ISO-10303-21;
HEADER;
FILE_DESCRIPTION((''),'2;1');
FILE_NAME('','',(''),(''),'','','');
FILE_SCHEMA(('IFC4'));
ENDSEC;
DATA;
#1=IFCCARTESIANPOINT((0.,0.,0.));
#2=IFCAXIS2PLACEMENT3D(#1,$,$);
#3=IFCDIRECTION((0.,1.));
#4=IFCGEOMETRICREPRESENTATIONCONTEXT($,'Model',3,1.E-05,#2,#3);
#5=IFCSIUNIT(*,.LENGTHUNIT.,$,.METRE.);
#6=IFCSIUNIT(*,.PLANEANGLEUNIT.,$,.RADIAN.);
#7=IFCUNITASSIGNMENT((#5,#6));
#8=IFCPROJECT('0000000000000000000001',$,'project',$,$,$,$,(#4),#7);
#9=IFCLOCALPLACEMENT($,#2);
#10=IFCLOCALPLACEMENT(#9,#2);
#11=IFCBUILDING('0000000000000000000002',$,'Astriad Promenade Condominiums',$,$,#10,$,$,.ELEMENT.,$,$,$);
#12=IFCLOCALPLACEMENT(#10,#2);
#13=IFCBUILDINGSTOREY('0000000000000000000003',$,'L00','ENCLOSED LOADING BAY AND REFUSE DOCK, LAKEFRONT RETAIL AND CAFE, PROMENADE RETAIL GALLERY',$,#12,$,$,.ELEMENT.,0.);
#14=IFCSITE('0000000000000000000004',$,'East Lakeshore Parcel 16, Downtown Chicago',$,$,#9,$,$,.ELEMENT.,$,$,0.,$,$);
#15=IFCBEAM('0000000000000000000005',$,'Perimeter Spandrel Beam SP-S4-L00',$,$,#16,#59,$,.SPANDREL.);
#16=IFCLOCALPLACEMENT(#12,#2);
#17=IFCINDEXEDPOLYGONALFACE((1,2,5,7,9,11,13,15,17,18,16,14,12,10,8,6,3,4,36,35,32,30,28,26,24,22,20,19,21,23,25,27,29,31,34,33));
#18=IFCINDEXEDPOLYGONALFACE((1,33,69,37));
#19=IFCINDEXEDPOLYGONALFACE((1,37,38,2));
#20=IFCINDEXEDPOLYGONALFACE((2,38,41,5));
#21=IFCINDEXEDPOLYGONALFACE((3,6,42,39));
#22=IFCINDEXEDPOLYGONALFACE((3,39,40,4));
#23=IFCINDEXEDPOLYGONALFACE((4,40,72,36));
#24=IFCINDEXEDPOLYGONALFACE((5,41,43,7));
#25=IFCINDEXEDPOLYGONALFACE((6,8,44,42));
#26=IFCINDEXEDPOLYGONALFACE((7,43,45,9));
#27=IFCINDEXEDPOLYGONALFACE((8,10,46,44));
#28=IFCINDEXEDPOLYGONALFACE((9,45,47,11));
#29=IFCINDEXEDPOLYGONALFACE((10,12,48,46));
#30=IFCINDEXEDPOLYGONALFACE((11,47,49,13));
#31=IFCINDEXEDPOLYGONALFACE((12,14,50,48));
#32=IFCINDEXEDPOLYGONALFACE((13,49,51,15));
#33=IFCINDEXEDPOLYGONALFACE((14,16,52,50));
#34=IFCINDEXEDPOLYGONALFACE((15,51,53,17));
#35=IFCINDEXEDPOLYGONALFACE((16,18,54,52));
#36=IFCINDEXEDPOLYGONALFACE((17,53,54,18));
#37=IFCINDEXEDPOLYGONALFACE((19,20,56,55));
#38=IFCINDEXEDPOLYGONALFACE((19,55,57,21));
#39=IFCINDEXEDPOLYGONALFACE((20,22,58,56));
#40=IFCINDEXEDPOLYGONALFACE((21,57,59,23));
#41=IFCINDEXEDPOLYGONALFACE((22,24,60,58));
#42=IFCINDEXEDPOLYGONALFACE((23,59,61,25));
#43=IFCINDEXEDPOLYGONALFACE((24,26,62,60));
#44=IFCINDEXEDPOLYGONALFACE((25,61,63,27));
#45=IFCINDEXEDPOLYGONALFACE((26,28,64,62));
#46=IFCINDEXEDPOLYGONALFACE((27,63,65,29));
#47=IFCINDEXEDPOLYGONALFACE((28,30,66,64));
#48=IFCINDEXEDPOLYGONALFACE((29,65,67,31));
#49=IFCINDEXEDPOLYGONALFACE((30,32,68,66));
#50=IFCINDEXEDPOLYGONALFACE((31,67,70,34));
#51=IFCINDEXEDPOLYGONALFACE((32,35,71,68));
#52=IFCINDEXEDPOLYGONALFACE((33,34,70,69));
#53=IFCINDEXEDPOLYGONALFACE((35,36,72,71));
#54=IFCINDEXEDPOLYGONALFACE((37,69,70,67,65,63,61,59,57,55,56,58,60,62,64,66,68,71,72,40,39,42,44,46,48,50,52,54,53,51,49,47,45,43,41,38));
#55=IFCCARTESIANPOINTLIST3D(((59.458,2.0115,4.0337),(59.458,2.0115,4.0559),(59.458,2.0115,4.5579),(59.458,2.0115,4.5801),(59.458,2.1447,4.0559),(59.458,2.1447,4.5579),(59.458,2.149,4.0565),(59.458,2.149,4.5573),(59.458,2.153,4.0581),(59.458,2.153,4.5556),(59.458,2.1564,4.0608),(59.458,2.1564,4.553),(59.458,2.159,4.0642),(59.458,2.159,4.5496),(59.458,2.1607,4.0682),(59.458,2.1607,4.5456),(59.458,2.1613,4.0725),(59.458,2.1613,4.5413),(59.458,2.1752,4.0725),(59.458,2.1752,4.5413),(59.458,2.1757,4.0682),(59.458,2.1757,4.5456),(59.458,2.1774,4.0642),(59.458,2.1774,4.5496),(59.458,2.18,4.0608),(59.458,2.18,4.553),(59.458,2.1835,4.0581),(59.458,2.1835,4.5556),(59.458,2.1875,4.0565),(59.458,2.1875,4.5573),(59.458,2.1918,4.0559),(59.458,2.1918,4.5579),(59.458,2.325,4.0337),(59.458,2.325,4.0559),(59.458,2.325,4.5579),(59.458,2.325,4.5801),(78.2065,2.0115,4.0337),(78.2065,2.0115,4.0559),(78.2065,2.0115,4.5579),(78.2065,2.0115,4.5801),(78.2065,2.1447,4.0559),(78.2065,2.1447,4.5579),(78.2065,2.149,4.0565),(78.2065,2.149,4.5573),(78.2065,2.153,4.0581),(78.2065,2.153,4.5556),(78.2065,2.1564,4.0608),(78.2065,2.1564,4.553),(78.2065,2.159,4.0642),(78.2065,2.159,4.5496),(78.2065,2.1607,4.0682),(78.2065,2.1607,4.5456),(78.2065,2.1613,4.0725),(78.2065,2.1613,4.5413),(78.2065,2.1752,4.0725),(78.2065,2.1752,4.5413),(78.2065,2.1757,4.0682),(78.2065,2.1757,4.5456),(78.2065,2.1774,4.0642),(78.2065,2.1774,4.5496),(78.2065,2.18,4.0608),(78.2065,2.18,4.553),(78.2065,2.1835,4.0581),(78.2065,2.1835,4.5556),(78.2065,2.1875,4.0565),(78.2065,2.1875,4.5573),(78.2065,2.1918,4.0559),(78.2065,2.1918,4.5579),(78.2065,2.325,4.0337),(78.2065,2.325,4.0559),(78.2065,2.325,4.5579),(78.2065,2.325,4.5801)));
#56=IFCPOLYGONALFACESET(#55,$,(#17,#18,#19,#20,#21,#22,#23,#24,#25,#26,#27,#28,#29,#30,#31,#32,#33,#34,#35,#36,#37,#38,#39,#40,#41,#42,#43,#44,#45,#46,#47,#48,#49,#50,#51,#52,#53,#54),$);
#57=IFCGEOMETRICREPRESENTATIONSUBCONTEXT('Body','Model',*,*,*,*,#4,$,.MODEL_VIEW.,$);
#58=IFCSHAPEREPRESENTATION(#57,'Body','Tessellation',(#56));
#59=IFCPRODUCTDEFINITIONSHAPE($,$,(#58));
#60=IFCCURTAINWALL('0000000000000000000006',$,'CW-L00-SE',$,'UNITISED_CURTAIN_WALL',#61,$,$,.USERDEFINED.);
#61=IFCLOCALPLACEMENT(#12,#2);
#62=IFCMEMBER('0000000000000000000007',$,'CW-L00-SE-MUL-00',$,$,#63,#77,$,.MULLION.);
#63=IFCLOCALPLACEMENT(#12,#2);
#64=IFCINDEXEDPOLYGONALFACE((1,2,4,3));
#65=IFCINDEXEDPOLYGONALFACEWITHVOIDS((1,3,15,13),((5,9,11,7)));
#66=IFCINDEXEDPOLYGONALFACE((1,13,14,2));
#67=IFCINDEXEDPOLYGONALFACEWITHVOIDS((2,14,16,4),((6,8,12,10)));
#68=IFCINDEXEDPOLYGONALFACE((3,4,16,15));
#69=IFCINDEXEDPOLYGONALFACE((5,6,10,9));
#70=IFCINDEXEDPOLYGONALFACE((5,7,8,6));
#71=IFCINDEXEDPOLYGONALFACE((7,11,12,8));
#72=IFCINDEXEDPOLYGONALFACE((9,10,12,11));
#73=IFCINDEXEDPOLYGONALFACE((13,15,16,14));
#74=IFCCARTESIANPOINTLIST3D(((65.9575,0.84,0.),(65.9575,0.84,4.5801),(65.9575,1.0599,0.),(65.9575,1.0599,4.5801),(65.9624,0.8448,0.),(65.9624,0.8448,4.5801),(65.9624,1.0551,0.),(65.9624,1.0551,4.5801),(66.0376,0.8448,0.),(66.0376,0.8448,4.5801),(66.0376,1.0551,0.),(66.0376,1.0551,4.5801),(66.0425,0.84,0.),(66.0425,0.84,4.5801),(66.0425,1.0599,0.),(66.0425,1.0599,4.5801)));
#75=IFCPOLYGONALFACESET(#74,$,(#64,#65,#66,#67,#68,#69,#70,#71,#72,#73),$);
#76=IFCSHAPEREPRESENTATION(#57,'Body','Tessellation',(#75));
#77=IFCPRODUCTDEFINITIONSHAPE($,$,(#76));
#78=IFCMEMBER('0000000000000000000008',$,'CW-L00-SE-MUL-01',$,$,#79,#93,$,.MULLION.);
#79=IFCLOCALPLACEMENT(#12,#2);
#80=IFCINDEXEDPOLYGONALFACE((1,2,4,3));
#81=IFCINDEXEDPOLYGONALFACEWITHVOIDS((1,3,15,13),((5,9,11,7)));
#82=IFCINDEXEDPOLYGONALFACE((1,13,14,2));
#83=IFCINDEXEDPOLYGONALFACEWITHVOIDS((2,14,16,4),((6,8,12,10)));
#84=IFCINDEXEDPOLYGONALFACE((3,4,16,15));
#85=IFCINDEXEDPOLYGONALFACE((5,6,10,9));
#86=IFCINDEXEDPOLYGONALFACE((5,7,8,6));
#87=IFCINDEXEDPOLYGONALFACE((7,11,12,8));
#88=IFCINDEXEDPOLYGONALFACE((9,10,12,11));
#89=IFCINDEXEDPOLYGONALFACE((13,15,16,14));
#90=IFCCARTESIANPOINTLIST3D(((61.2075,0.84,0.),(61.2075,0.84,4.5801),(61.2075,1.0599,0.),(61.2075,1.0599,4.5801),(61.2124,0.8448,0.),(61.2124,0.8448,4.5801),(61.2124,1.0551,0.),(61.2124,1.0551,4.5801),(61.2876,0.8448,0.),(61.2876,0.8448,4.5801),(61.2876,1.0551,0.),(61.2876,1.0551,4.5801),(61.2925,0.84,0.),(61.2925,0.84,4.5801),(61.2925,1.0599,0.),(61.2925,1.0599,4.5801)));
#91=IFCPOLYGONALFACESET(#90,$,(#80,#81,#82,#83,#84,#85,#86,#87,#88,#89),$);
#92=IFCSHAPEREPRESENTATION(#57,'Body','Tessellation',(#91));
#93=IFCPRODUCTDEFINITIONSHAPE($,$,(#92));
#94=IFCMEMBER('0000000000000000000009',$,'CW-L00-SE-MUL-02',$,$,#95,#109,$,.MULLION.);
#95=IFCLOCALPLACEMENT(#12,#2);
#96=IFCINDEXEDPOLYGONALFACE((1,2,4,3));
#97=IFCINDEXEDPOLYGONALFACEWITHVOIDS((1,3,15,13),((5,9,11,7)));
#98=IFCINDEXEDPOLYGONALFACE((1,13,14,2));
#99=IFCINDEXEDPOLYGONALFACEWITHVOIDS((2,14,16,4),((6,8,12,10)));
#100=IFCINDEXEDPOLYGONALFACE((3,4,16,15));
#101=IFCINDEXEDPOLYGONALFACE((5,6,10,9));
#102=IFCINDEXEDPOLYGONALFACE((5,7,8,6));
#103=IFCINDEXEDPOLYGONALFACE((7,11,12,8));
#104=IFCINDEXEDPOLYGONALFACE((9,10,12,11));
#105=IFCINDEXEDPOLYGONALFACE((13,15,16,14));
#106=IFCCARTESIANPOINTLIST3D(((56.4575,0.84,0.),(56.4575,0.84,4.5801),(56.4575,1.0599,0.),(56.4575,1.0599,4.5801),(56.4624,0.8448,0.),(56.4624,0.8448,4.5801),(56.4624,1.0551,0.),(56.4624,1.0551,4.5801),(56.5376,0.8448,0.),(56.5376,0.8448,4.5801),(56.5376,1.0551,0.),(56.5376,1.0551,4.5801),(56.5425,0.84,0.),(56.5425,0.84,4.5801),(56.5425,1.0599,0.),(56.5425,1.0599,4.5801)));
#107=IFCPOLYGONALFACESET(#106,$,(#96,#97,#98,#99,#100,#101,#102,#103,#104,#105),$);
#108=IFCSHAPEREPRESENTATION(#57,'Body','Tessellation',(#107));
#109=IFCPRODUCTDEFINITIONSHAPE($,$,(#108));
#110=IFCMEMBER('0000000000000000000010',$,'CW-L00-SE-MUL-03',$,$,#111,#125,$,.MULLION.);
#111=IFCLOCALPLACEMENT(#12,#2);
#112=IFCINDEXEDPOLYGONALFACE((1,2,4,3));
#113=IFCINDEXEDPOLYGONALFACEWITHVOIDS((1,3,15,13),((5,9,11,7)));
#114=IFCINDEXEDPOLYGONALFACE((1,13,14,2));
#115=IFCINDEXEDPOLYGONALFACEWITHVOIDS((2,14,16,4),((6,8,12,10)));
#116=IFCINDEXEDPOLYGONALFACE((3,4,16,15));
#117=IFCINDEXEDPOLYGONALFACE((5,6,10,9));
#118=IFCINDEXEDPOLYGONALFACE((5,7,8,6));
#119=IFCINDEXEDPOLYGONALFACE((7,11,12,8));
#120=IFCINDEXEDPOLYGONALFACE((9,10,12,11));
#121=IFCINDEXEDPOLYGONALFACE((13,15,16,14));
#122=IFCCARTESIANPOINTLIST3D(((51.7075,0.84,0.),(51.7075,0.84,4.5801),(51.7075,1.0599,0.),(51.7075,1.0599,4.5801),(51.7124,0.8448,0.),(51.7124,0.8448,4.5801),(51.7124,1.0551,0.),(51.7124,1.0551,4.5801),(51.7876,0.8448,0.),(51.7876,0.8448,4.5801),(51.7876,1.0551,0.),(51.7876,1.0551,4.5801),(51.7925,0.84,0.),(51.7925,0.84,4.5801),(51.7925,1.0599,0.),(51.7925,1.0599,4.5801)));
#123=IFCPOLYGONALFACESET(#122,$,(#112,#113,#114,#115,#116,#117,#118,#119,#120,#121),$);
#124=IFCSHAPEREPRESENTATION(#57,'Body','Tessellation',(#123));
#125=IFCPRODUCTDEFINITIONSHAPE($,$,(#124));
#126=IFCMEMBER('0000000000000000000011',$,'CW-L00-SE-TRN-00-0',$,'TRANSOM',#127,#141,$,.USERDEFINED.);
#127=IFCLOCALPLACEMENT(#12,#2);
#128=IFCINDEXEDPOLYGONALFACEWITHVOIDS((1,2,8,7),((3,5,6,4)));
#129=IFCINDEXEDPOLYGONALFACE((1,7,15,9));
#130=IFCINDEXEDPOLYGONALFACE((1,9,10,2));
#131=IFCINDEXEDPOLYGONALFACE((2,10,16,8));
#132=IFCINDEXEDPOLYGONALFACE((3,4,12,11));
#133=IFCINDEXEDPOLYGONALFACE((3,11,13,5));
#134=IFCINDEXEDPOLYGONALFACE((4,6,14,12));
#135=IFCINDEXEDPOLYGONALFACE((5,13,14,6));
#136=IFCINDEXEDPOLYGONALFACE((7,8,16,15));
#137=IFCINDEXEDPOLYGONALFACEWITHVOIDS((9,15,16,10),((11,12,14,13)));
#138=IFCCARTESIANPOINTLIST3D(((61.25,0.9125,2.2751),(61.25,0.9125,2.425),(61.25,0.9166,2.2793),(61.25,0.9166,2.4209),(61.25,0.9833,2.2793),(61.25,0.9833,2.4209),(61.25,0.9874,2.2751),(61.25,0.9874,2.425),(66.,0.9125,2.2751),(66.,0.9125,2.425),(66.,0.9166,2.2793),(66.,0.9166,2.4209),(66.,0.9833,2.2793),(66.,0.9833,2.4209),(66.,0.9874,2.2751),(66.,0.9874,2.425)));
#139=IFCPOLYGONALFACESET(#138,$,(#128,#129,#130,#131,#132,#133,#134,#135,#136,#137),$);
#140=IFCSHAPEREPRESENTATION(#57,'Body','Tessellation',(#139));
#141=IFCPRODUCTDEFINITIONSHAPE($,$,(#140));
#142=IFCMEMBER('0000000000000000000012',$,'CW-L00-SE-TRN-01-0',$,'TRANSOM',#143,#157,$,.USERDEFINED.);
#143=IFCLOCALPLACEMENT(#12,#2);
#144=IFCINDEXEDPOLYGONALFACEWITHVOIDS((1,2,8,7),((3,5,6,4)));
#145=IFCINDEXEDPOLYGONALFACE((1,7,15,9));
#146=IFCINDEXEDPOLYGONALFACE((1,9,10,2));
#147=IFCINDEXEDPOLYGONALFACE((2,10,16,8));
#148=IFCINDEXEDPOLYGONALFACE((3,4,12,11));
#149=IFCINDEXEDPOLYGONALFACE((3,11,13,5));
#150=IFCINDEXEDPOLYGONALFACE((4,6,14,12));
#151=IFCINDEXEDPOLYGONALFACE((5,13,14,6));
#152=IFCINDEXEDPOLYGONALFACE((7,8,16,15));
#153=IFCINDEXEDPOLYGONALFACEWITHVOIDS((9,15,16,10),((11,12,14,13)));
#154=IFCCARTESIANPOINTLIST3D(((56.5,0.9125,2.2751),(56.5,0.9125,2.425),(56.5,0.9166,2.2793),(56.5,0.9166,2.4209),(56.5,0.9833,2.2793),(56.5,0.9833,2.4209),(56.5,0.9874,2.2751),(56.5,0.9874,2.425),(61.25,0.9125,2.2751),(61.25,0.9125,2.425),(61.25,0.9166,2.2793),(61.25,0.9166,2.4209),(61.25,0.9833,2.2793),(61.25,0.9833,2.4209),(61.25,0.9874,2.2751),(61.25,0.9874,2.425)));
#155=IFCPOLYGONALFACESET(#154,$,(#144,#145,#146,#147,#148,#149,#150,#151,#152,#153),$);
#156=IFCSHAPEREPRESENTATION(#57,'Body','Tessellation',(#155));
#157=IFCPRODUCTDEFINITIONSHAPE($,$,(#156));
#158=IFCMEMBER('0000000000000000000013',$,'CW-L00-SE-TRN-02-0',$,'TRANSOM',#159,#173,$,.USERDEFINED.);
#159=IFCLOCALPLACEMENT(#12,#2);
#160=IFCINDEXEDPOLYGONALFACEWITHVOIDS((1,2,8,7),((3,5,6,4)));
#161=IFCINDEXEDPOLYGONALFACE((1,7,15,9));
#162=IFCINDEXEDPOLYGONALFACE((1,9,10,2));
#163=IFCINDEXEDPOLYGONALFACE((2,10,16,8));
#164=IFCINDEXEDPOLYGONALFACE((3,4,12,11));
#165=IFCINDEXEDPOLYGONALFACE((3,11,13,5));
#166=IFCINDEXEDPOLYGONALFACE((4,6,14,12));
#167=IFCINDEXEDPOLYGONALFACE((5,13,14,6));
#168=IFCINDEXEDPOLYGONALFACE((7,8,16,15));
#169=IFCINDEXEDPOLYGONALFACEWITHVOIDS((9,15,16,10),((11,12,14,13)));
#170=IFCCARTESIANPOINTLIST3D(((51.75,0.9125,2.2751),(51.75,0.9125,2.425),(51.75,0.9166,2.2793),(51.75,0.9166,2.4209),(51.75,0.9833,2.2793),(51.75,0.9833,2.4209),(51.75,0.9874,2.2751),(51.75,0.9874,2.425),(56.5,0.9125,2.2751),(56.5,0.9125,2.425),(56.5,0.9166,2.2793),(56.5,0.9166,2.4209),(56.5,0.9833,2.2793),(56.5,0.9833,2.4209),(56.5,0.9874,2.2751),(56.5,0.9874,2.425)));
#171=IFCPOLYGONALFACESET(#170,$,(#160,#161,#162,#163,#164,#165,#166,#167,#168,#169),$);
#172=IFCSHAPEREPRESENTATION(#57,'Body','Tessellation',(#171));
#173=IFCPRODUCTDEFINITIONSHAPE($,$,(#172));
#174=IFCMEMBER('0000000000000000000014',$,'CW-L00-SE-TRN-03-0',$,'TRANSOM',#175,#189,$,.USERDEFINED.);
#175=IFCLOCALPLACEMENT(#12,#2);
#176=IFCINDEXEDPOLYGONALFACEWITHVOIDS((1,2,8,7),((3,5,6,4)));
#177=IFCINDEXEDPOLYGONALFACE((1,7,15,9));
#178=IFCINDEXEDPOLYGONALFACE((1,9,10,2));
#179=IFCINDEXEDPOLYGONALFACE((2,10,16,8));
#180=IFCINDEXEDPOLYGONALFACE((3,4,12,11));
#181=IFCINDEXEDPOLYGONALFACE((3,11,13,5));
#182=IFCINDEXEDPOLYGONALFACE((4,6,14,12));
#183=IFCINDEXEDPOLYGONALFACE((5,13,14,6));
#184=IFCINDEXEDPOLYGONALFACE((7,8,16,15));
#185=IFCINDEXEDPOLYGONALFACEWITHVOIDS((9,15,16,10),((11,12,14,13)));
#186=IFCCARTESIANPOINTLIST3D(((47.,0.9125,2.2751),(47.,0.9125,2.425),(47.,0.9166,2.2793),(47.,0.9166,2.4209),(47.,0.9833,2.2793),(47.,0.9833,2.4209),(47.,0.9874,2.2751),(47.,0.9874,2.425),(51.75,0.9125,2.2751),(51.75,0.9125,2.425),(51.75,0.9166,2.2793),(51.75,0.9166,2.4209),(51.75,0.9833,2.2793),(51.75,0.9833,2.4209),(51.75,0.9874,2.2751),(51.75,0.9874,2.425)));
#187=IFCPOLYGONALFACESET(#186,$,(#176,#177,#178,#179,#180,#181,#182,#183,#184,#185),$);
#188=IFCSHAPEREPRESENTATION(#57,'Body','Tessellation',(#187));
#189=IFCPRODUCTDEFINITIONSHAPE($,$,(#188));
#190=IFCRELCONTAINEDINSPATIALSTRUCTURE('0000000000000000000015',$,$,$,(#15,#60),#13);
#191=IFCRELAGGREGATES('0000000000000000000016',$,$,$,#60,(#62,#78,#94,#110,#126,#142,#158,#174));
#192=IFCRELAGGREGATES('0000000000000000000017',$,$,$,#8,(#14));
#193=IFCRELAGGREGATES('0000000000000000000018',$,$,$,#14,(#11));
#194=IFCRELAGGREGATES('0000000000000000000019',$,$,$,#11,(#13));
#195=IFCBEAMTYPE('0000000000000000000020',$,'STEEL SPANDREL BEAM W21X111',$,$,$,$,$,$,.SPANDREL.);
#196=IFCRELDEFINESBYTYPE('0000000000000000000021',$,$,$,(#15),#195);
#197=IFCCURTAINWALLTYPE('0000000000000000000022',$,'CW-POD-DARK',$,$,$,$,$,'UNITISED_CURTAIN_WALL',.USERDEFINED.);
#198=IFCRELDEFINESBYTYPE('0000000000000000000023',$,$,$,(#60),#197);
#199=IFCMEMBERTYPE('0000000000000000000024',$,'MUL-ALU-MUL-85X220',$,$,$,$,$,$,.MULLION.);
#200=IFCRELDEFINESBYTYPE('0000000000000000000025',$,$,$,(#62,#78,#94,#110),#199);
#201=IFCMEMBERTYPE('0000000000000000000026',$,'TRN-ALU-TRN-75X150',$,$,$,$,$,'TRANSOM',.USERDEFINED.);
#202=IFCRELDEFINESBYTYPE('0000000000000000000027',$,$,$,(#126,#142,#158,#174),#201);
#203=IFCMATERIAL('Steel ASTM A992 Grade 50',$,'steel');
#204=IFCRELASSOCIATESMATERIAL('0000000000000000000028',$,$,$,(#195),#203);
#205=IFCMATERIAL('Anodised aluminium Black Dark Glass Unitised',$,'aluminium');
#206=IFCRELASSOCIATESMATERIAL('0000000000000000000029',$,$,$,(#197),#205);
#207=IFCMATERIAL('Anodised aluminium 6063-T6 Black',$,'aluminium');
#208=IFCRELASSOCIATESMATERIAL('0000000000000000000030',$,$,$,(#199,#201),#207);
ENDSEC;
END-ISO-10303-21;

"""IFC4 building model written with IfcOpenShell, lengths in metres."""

from ifc_helpers import new_model, si_unit, direction, frame, origin, origin_2d, place, context, subcontext, project, spatial, hollow_rectangle, i_section, extrude, source, transform, mapped, material, material_profile, profile_set, type_object, type_shapes, element, aggregate, save


model = new_model("IFC4")

# Units and contexts
model_context = context("Model", 3, precision=1e-05, world=origin(), true_north=direction((0.0, 1.0)))
body_context = subcontext(model_context, "Body", "Model", "MODEL_VIEW")
ifc_project = project(units=[si_unit("LENGTHUNIT", "METRE"), si_unit("PLANEANGLEUNIT", "RADIAN")], contexts=[model_context])

# Site, building, storey
site_placement = place(None, origin())
site = spatial("IfcSite", under=ifc_project, at=site_placement, Name="East Lakeshore Parcel 16, Downtown Chicago", CompositionType="ELEMENT", RefElevation=0.0)
building_placement = place(site_placement, origin())
building = spatial("IfcBuilding", under=site, at=building_placement, Name="Astriad Promenade Condominiums", CompositionType="ELEMENT")
storey_placement = place(building_placement, origin())
storey = spatial("IfcBuildingStorey", under=building, at=storey_placement, Name="L00", Description="ENCLOSED LOADING BAY AND REFUSE DOCK, LAKEFRONT RETAIL AND CAFE, PROMENADE RETAIL GALLERY", CompositionType="ELEMENT", Elevation=0.0)

# Shared definitions
ifc_material_1 = material(Name="Steel ASTM A992 Grade 50", Category="steel")

# Beam
ifc_material_profile_1 = material_profile(ifc_material_1, i_section(OverallWidth=0.3135, OverallDepth=0.5464, WebThickness=0.0139, FlangeThickness=0.0222, FilletRadius=0.0166, at=origin_2d()), Name="W21X111")
ifc_profile_set_1 = profile_set([ifc_material_profile_1], Name="Steel ASTM A992 Grade 50")
beam_type_1 = type_object("IfcBeamType", Name="STEEL SPANDREL BEAM W21X111", PredefinedType="SPANDREL", material=ifc_profile_set_1)
shared_shape_1 = source(origin(), body_context, "Body", "SweptSolid", [
    extrude(i_section(OverallWidth=0.3135, OverallDepth=0.5464, WebThickness=0.0139, FlangeThickness=0.0222, FilletRadius=0.0166, at=origin_2d()), origin(), (0.0, 0.0, 1.0), 18.7485),
])
type_shapes(beam_type_1, [shared_shape_1])
beam_placement = place(storey_placement, frame((59.458, 2.1682, 4.3069), z_axis=(1.0, 0.0, 0.0), x_axis=(0.0, 1.0, 0.0)))
element("IfcBeam", 1, at=beam_placement, inside=storey, type_object=beam_type_1, Name="Perimeter Spandrel Beam SP-S4-L00", PredefinedType="SPANDREL", context=body_context, shape_type="MappedRepresentation", body=[
    mapped(shared_shape_1, transform((0.0, 0.0, 0.0), scale=1.0)),
])

# Curtain wall, members
ifc_material_2 = material(Name="Anodised aluminium Black Dark Glass Unitised", Category="aluminium")
curtain_wall_type = type_object("IfcCurtainWallType", Name="CW-POD-DARK", ElementType="UNITISED_CURTAIN_WALL", PredefinedType="USERDEFINED", material=ifc_material_2)
curtain_wall_placement = place(storey_placement, origin())
curtain_wall = element("IfcCurtainWall", 2, at=curtain_wall_placement, inside=storey, type_object=curtain_wall_type, Name="CW-L00-SE", ObjectType="UNITISED_CURTAIN_WALL", PredefinedType="USERDEFINED")
ifc_material_3 = material(Name="Anodised aluminium 6063-T6 Black", Category="aluminium")
ifc_material_profile_2 = material_profile(ifc_material_3, hollow_rectangle(XDim=0.085, YDim=0.22, WallThickness=0.0049, at=origin_2d()), Name="ALU-MUL-85X220")
ifc_profile_set_2 = profile_set([ifc_material_profile_2], Name="Anodised aluminium 6063-T6 Black")
member_type_1 = type_object("IfcMemberType", Name="MUL-ALU-MUL-85X220", PredefinedType="MULLION", material=ifc_profile_set_2)
shared_shape_2 = source(origin(), body_context, "Body", "SweptSolid", [
    extrude(hollow_rectangle(XDim=0.085, YDim=0.22, WallThickness=0.0049, at=origin_2d()), origin(), (0.0, 0.0, 1.0), 4.5801),
])
type_shapes(member_type_1, [shared_shape_2])
member_1_placement = place(storey_placement, frame((66.0, 0.95, 0.0), z_axis=(0.0, 0.0, 1.0), x_axis=(1.0, 0.0, 0.0)))
member_1 = element("IfcMember", 3, at=member_1_placement, type_object=member_type_1, Name="CW-L00-SE-MUL-00", PredefinedType="MULLION", context=body_context, shape_type="MappedRepresentation", body=[
    mapped(shared_shape_2, transform((0.0, 0.0, 0.0), scale=1.0)),
])
member_2_placement = place(storey_placement, frame((61.25, 0.95, 0.0), z_axis=(0.0, 0.0, 1.0), x_axis=(1.0, 0.0, 0.0)))
member_2 = element("IfcMember", 4, at=member_2_placement, type_object=member_type_1, Name="CW-L00-SE-MUL-01", PredefinedType="MULLION", context=body_context, shape_type="MappedRepresentation", body=[
    mapped(shared_shape_2, transform((0.0, 0.0, 0.0), scale=1.0)),
])
member_3_placement = place(storey_placement, frame((56.5, 0.95, 0.0), z_axis=(0.0, 0.0, 1.0), x_axis=(1.0, 0.0, 0.0)))
member_3 = element("IfcMember", 5, at=member_3_placement, type_object=member_type_1, Name="CW-L00-SE-MUL-02", PredefinedType="MULLION", context=body_context, shape_type="MappedRepresentation", body=[
    mapped(shared_shape_2, transform((0.0, 0.0, 0.0), scale=1.0)),
])
member_4_placement = place(storey_placement, frame((51.75, 0.95, 0.0), z_axis=(0.0, 0.0, 1.0), x_axis=(1.0, 0.0, 0.0)))
member_4 = element("IfcMember", 6, at=member_4_placement, type_object=member_type_1, Name="CW-L00-SE-MUL-03", PredefinedType="MULLION", context=body_context, shape_type="MappedRepresentation", body=[
    mapped(shared_shape_2, transform((0.0, 0.0, 0.0), scale=1.0)),
])
ifc_material_profile_3 = material_profile(ifc_material_3, hollow_rectangle(XDim=0.075, YDim=0.1499, WallThickness=0.0042, at=origin_2d()), Name="ALU-TRN-75X150")
ifc_profile_set_3 = profile_set([ifc_material_profile_3], Name="Anodised aluminium 6063-T6 Black")
member_type_2 = type_object("IfcMemberType", Name="TRN-ALU-TRN-75X150", ElementType="TRANSOM", PredefinedType="USERDEFINED", material=ifc_profile_set_3)
shared_shape_3 = source(origin(), body_context, "Body", "SweptSolid", [
    extrude(hollow_rectangle(XDim=0.075, YDim=0.1499, WallThickness=0.0042, at=origin_2d()), origin(), (0.0, 0.0, 1.0), 4.75),
])
type_shapes(member_type_2, [shared_shape_3])
member_5_placement = place(storey_placement, frame((66.0, 0.95, 2.3501), z_axis=(-1.0, 0.0, 0.0), x_axis=(0.0, -1.0, 0.0)))
member_5 = element("IfcMember", 7, at=member_5_placement, type_object=member_type_2, Name="CW-L00-SE-TRN-00-0", ObjectType="TRANSOM", PredefinedType="USERDEFINED", context=body_context, shape_type="MappedRepresentation", body=[
    mapped(shared_shape_3, transform((0.0, 0.0, 0.0), scale=1.0)),
])
member_6_placement = place(storey_placement, frame((61.25, 0.95, 2.3501), z_axis=(-1.0, 0.0, 0.0), x_axis=(0.0, -1.0, 0.0)))
member_6 = element("IfcMember", 8, at=member_6_placement, type_object=member_type_2, Name="CW-L00-SE-TRN-01-0", ObjectType="TRANSOM", PredefinedType="USERDEFINED", context=body_context, shape_type="MappedRepresentation", body=[
    mapped(shared_shape_3, transform((0.0, 0.0, 0.0), scale=1.0)),
])
member_7_placement = place(storey_placement, frame((56.5, 0.95, 2.3501), z_axis=(-1.0, 0.0, 0.0), x_axis=(0.0, -1.0, 0.0)))
member_7 = element("IfcMember", 9, at=member_7_placement, type_object=member_type_2, Name="CW-L00-SE-TRN-02-0", ObjectType="TRANSOM", PredefinedType="USERDEFINED", context=body_context, shape_type="MappedRepresentation", body=[
    mapped(shared_shape_3, transform((0.0, 0.0, 0.0), scale=1.0)),
])
member_8_placement = place(storey_placement, frame((51.75, 0.95, 2.3501), z_axis=(-1.0, 0.0, 0.0), x_axis=(0.0, -1.0, 0.0)))
member_8 = element("IfcMember", 10, at=member_8_placement, type_object=member_type_2, Name="CW-L00-SE-TRN-03-0", ObjectType="TRANSOM", PredefinedType="USERDEFINED", context=body_context, shape_type="MappedRepresentation", body=[
    mapped(shared_shape_3, transform((0.0, 0.0, 0.0), scale=1.0)),
])

aggregate(curtain_wall, [member_1, member_2, member_3, member_4, member_5, member_6, member_7, member_8])

save(model, "model.ifc")
